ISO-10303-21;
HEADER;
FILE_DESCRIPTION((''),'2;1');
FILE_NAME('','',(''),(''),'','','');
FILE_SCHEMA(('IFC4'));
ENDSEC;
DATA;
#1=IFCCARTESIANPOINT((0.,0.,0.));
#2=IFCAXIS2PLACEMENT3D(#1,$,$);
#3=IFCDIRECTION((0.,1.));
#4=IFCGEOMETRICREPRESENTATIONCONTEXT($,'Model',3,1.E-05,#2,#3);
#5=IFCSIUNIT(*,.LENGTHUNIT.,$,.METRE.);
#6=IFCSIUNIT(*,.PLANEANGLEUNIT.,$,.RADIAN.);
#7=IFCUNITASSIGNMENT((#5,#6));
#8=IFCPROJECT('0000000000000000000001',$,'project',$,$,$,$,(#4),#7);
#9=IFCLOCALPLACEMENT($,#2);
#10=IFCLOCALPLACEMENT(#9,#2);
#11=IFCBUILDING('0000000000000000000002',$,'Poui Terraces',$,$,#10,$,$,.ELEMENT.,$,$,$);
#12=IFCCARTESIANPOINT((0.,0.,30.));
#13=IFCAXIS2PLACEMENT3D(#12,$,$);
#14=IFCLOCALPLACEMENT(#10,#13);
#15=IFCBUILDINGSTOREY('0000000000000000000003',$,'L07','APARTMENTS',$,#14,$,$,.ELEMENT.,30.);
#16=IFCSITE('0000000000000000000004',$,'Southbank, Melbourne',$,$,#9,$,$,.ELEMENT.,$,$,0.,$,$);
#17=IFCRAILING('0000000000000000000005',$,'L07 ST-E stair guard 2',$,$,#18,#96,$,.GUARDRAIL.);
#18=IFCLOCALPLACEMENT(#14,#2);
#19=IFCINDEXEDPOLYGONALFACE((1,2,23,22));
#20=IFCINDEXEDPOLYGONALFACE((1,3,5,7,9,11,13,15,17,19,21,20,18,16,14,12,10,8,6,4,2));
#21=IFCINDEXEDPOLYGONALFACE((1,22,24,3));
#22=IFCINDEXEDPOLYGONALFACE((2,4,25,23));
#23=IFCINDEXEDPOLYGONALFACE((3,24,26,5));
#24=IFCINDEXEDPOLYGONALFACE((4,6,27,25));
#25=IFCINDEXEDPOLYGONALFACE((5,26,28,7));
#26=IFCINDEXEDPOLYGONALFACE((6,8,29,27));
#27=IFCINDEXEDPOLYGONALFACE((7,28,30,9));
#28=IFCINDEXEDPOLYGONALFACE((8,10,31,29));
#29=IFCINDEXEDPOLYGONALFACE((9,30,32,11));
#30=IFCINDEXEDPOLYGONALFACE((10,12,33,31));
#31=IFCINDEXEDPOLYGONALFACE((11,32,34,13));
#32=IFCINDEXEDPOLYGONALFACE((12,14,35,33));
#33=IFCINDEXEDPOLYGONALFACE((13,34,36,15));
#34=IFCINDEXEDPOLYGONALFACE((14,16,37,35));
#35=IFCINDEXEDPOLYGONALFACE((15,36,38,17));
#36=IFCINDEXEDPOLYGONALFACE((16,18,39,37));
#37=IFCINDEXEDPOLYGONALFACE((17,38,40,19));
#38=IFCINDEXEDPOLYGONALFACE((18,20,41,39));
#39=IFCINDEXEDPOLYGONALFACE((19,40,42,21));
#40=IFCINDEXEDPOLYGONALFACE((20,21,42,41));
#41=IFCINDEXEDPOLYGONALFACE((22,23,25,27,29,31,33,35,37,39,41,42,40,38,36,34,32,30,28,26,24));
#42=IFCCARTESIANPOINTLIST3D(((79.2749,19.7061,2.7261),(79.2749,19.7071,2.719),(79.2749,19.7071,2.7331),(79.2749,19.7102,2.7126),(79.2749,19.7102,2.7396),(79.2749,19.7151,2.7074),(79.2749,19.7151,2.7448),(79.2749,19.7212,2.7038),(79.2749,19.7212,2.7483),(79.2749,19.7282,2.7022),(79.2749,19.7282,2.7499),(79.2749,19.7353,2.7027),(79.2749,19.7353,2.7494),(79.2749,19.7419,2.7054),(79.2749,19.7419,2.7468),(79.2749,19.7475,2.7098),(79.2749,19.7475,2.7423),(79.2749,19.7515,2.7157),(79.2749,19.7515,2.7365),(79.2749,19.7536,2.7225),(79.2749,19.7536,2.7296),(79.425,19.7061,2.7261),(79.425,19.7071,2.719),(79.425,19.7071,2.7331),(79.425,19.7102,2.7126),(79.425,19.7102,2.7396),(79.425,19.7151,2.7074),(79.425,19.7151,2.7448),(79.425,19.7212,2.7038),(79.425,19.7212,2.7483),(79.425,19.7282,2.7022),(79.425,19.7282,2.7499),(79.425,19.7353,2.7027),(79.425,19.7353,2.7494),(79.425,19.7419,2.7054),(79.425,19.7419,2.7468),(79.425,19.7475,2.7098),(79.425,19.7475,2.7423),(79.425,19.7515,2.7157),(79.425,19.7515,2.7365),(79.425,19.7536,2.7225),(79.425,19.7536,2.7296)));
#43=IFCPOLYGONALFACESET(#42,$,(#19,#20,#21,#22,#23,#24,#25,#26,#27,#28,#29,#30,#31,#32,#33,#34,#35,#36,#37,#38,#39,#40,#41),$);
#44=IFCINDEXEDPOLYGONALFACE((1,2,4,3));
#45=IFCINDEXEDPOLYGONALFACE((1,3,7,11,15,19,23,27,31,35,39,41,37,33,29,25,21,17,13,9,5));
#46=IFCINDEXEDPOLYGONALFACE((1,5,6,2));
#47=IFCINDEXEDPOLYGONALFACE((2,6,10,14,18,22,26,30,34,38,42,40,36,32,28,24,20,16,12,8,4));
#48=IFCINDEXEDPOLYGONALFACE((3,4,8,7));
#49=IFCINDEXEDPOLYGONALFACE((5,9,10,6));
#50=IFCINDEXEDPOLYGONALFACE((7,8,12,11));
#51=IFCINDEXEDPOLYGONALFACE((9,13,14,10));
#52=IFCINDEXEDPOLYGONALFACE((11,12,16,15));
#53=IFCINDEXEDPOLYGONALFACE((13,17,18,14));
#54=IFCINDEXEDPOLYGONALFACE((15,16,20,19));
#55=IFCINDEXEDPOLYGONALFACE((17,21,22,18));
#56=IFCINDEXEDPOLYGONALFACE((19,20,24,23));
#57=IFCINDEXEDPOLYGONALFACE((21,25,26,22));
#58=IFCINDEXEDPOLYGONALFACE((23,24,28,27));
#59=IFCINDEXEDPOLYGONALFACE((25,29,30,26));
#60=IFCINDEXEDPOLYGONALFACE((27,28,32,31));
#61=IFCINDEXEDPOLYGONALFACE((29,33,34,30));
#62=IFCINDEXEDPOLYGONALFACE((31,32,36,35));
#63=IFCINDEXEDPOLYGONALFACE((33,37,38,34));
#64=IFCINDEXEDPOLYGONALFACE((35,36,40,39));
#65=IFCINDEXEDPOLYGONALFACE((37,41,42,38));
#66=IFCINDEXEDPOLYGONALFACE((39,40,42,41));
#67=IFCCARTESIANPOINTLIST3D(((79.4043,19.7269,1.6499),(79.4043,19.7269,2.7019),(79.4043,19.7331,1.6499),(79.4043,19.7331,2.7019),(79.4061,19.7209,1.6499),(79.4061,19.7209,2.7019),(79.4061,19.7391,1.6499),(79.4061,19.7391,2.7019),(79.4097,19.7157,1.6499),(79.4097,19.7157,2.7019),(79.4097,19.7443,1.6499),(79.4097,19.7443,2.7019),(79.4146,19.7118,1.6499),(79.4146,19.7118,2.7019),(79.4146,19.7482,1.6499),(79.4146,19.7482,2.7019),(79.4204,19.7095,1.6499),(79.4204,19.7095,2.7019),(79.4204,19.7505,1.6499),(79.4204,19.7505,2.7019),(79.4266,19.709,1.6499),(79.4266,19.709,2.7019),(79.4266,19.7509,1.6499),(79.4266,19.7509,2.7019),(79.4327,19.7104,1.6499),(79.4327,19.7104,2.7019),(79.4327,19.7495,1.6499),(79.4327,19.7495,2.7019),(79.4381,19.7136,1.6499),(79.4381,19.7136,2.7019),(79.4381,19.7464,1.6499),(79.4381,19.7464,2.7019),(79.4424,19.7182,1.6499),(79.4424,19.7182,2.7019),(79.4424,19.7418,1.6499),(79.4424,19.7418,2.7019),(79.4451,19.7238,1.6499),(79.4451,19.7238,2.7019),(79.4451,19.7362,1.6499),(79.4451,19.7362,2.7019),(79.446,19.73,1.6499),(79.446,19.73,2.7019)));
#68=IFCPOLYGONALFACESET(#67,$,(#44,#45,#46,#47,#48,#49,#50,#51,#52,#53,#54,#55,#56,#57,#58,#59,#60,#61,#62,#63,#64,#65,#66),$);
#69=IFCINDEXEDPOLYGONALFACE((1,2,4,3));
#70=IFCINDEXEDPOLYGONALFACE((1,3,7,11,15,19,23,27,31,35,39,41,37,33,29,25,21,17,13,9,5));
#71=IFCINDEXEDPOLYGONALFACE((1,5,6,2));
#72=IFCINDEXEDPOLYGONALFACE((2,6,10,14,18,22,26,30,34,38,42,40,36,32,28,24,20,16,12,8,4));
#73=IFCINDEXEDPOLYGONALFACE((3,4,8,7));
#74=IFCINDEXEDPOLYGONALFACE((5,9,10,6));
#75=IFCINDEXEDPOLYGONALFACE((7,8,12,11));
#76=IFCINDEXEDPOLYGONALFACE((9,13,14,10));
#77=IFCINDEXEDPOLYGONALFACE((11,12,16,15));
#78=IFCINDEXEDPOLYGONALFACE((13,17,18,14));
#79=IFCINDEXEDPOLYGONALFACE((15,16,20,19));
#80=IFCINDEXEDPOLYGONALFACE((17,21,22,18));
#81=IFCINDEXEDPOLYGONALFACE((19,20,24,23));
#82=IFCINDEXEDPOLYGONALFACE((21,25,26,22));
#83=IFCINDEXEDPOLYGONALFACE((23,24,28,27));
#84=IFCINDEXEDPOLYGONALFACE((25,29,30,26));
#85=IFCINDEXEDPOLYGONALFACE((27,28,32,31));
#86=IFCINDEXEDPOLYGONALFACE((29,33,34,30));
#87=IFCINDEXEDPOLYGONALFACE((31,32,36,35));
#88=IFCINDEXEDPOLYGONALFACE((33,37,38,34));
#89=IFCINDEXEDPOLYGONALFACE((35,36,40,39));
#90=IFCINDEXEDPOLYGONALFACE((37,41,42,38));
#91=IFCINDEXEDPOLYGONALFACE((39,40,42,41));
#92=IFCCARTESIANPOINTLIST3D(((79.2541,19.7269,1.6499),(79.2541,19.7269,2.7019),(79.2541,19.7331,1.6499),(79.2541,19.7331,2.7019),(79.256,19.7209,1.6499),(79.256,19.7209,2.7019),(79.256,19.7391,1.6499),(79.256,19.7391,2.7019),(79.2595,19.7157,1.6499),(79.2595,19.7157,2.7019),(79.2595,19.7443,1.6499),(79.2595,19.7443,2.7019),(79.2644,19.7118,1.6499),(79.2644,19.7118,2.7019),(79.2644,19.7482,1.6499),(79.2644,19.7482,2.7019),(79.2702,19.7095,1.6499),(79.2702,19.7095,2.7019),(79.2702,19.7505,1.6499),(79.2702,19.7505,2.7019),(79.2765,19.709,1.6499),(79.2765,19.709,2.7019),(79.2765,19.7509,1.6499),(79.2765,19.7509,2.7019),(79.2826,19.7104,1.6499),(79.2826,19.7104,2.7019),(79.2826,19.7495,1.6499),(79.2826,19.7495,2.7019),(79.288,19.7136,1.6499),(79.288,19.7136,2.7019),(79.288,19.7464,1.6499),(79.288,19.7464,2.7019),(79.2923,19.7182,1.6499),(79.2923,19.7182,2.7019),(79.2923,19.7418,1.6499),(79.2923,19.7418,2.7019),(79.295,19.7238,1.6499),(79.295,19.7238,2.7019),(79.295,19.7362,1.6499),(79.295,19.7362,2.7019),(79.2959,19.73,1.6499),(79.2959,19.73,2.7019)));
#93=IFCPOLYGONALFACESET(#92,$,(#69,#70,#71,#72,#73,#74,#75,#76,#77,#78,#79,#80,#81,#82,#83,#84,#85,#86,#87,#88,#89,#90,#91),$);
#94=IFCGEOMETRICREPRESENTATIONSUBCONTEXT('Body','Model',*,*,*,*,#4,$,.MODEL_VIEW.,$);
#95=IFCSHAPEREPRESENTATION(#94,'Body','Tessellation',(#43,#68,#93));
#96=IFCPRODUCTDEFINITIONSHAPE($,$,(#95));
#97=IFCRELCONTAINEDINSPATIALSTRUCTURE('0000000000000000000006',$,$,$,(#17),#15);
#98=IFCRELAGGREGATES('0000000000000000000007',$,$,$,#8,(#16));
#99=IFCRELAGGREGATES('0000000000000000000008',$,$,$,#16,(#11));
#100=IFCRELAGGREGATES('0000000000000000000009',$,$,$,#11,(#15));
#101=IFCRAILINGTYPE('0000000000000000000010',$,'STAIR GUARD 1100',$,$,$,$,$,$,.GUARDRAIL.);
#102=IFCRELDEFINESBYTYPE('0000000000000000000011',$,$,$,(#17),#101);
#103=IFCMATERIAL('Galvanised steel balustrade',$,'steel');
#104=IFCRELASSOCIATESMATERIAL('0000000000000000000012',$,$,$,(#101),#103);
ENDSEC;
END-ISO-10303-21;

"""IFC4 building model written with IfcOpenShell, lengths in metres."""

from ifc_helpers import new_model, si_unit, direction, frame, origin, origin_2d, place, context, subcontext, project, spatial, circle, extrude, material, type_object, element, save


model = new_model("IFC4")

# Units and contexts
model_context = context("Model", 3, precision=1e-05, world=origin(), true_north=direction((0.0, 1.0)))
body_context = subcontext(model_context, "Body", "Model", "MODEL_VIEW")
ifc_project = project(units=[si_unit("LENGTHUNIT", "METRE"), si_unit("PLANEANGLEUNIT", "RADIAN")], contexts=[model_context])

# Site, building, storey
site_placement = place(None, origin())
site = spatial("IfcSite", under=ifc_project, at=site_placement, Name="Southbank, Melbourne", CompositionType="ELEMENT", RefElevation=0.0)
building_placement = place(site_placement, origin())
building = spatial("IfcBuilding", under=site, at=building_placement, Name="Poui Terraces", CompositionType="ELEMENT")
storey_placement = place(building_placement, frame((0.0, 0.0, 30.0)))
storey = spatial("IfcBuildingStorey", under=building, at=storey_placement, Name="L07", Description="APARTMENTS", CompositionType="ELEMENT", Elevation=30.0)

# Railing
ifc_material_1 = material(Name="Galvanised steel balustrade", Category="steel")
railing_type_1 = type_object("IfcRailingType", Name="STAIR GUARD 1100", PredefinedType="GUARDRAIL", material=ifc_material_1)
railing_1_placement = place(storey_placement, frame((79.425, 19.73, 1.6499)))
element("IfcRailing", 1, at=railing_1_placement, inside=storey, type_object=railing_type_1, Name="L07 ST-E stair guard 2", PredefinedType="GUARDRAIL", context=body_context, shape_type="SweptSolid", body=[
    extrude(circle(Radius=0.0239, at=origin_2d()), frame((0.0, 0.0, 1.0762), z_axis=(-1.0, 0.0, 0.0), x_axis=(0.0, -1.0, 0.0)), (0.0, 0.0, 1.0), 0.1501),
    extrude(circle(Radius=0.021, at=origin_2d()), origin(), (0.0, 0.0, 1.0), 1.052),
    extrude(circle(Radius=0.021, at=origin_2d()), frame((-0.1501, 0.0, 0.0)), (0.0, 0.0, 1.0), 1.052),
])

save(model, "model.ifc")
